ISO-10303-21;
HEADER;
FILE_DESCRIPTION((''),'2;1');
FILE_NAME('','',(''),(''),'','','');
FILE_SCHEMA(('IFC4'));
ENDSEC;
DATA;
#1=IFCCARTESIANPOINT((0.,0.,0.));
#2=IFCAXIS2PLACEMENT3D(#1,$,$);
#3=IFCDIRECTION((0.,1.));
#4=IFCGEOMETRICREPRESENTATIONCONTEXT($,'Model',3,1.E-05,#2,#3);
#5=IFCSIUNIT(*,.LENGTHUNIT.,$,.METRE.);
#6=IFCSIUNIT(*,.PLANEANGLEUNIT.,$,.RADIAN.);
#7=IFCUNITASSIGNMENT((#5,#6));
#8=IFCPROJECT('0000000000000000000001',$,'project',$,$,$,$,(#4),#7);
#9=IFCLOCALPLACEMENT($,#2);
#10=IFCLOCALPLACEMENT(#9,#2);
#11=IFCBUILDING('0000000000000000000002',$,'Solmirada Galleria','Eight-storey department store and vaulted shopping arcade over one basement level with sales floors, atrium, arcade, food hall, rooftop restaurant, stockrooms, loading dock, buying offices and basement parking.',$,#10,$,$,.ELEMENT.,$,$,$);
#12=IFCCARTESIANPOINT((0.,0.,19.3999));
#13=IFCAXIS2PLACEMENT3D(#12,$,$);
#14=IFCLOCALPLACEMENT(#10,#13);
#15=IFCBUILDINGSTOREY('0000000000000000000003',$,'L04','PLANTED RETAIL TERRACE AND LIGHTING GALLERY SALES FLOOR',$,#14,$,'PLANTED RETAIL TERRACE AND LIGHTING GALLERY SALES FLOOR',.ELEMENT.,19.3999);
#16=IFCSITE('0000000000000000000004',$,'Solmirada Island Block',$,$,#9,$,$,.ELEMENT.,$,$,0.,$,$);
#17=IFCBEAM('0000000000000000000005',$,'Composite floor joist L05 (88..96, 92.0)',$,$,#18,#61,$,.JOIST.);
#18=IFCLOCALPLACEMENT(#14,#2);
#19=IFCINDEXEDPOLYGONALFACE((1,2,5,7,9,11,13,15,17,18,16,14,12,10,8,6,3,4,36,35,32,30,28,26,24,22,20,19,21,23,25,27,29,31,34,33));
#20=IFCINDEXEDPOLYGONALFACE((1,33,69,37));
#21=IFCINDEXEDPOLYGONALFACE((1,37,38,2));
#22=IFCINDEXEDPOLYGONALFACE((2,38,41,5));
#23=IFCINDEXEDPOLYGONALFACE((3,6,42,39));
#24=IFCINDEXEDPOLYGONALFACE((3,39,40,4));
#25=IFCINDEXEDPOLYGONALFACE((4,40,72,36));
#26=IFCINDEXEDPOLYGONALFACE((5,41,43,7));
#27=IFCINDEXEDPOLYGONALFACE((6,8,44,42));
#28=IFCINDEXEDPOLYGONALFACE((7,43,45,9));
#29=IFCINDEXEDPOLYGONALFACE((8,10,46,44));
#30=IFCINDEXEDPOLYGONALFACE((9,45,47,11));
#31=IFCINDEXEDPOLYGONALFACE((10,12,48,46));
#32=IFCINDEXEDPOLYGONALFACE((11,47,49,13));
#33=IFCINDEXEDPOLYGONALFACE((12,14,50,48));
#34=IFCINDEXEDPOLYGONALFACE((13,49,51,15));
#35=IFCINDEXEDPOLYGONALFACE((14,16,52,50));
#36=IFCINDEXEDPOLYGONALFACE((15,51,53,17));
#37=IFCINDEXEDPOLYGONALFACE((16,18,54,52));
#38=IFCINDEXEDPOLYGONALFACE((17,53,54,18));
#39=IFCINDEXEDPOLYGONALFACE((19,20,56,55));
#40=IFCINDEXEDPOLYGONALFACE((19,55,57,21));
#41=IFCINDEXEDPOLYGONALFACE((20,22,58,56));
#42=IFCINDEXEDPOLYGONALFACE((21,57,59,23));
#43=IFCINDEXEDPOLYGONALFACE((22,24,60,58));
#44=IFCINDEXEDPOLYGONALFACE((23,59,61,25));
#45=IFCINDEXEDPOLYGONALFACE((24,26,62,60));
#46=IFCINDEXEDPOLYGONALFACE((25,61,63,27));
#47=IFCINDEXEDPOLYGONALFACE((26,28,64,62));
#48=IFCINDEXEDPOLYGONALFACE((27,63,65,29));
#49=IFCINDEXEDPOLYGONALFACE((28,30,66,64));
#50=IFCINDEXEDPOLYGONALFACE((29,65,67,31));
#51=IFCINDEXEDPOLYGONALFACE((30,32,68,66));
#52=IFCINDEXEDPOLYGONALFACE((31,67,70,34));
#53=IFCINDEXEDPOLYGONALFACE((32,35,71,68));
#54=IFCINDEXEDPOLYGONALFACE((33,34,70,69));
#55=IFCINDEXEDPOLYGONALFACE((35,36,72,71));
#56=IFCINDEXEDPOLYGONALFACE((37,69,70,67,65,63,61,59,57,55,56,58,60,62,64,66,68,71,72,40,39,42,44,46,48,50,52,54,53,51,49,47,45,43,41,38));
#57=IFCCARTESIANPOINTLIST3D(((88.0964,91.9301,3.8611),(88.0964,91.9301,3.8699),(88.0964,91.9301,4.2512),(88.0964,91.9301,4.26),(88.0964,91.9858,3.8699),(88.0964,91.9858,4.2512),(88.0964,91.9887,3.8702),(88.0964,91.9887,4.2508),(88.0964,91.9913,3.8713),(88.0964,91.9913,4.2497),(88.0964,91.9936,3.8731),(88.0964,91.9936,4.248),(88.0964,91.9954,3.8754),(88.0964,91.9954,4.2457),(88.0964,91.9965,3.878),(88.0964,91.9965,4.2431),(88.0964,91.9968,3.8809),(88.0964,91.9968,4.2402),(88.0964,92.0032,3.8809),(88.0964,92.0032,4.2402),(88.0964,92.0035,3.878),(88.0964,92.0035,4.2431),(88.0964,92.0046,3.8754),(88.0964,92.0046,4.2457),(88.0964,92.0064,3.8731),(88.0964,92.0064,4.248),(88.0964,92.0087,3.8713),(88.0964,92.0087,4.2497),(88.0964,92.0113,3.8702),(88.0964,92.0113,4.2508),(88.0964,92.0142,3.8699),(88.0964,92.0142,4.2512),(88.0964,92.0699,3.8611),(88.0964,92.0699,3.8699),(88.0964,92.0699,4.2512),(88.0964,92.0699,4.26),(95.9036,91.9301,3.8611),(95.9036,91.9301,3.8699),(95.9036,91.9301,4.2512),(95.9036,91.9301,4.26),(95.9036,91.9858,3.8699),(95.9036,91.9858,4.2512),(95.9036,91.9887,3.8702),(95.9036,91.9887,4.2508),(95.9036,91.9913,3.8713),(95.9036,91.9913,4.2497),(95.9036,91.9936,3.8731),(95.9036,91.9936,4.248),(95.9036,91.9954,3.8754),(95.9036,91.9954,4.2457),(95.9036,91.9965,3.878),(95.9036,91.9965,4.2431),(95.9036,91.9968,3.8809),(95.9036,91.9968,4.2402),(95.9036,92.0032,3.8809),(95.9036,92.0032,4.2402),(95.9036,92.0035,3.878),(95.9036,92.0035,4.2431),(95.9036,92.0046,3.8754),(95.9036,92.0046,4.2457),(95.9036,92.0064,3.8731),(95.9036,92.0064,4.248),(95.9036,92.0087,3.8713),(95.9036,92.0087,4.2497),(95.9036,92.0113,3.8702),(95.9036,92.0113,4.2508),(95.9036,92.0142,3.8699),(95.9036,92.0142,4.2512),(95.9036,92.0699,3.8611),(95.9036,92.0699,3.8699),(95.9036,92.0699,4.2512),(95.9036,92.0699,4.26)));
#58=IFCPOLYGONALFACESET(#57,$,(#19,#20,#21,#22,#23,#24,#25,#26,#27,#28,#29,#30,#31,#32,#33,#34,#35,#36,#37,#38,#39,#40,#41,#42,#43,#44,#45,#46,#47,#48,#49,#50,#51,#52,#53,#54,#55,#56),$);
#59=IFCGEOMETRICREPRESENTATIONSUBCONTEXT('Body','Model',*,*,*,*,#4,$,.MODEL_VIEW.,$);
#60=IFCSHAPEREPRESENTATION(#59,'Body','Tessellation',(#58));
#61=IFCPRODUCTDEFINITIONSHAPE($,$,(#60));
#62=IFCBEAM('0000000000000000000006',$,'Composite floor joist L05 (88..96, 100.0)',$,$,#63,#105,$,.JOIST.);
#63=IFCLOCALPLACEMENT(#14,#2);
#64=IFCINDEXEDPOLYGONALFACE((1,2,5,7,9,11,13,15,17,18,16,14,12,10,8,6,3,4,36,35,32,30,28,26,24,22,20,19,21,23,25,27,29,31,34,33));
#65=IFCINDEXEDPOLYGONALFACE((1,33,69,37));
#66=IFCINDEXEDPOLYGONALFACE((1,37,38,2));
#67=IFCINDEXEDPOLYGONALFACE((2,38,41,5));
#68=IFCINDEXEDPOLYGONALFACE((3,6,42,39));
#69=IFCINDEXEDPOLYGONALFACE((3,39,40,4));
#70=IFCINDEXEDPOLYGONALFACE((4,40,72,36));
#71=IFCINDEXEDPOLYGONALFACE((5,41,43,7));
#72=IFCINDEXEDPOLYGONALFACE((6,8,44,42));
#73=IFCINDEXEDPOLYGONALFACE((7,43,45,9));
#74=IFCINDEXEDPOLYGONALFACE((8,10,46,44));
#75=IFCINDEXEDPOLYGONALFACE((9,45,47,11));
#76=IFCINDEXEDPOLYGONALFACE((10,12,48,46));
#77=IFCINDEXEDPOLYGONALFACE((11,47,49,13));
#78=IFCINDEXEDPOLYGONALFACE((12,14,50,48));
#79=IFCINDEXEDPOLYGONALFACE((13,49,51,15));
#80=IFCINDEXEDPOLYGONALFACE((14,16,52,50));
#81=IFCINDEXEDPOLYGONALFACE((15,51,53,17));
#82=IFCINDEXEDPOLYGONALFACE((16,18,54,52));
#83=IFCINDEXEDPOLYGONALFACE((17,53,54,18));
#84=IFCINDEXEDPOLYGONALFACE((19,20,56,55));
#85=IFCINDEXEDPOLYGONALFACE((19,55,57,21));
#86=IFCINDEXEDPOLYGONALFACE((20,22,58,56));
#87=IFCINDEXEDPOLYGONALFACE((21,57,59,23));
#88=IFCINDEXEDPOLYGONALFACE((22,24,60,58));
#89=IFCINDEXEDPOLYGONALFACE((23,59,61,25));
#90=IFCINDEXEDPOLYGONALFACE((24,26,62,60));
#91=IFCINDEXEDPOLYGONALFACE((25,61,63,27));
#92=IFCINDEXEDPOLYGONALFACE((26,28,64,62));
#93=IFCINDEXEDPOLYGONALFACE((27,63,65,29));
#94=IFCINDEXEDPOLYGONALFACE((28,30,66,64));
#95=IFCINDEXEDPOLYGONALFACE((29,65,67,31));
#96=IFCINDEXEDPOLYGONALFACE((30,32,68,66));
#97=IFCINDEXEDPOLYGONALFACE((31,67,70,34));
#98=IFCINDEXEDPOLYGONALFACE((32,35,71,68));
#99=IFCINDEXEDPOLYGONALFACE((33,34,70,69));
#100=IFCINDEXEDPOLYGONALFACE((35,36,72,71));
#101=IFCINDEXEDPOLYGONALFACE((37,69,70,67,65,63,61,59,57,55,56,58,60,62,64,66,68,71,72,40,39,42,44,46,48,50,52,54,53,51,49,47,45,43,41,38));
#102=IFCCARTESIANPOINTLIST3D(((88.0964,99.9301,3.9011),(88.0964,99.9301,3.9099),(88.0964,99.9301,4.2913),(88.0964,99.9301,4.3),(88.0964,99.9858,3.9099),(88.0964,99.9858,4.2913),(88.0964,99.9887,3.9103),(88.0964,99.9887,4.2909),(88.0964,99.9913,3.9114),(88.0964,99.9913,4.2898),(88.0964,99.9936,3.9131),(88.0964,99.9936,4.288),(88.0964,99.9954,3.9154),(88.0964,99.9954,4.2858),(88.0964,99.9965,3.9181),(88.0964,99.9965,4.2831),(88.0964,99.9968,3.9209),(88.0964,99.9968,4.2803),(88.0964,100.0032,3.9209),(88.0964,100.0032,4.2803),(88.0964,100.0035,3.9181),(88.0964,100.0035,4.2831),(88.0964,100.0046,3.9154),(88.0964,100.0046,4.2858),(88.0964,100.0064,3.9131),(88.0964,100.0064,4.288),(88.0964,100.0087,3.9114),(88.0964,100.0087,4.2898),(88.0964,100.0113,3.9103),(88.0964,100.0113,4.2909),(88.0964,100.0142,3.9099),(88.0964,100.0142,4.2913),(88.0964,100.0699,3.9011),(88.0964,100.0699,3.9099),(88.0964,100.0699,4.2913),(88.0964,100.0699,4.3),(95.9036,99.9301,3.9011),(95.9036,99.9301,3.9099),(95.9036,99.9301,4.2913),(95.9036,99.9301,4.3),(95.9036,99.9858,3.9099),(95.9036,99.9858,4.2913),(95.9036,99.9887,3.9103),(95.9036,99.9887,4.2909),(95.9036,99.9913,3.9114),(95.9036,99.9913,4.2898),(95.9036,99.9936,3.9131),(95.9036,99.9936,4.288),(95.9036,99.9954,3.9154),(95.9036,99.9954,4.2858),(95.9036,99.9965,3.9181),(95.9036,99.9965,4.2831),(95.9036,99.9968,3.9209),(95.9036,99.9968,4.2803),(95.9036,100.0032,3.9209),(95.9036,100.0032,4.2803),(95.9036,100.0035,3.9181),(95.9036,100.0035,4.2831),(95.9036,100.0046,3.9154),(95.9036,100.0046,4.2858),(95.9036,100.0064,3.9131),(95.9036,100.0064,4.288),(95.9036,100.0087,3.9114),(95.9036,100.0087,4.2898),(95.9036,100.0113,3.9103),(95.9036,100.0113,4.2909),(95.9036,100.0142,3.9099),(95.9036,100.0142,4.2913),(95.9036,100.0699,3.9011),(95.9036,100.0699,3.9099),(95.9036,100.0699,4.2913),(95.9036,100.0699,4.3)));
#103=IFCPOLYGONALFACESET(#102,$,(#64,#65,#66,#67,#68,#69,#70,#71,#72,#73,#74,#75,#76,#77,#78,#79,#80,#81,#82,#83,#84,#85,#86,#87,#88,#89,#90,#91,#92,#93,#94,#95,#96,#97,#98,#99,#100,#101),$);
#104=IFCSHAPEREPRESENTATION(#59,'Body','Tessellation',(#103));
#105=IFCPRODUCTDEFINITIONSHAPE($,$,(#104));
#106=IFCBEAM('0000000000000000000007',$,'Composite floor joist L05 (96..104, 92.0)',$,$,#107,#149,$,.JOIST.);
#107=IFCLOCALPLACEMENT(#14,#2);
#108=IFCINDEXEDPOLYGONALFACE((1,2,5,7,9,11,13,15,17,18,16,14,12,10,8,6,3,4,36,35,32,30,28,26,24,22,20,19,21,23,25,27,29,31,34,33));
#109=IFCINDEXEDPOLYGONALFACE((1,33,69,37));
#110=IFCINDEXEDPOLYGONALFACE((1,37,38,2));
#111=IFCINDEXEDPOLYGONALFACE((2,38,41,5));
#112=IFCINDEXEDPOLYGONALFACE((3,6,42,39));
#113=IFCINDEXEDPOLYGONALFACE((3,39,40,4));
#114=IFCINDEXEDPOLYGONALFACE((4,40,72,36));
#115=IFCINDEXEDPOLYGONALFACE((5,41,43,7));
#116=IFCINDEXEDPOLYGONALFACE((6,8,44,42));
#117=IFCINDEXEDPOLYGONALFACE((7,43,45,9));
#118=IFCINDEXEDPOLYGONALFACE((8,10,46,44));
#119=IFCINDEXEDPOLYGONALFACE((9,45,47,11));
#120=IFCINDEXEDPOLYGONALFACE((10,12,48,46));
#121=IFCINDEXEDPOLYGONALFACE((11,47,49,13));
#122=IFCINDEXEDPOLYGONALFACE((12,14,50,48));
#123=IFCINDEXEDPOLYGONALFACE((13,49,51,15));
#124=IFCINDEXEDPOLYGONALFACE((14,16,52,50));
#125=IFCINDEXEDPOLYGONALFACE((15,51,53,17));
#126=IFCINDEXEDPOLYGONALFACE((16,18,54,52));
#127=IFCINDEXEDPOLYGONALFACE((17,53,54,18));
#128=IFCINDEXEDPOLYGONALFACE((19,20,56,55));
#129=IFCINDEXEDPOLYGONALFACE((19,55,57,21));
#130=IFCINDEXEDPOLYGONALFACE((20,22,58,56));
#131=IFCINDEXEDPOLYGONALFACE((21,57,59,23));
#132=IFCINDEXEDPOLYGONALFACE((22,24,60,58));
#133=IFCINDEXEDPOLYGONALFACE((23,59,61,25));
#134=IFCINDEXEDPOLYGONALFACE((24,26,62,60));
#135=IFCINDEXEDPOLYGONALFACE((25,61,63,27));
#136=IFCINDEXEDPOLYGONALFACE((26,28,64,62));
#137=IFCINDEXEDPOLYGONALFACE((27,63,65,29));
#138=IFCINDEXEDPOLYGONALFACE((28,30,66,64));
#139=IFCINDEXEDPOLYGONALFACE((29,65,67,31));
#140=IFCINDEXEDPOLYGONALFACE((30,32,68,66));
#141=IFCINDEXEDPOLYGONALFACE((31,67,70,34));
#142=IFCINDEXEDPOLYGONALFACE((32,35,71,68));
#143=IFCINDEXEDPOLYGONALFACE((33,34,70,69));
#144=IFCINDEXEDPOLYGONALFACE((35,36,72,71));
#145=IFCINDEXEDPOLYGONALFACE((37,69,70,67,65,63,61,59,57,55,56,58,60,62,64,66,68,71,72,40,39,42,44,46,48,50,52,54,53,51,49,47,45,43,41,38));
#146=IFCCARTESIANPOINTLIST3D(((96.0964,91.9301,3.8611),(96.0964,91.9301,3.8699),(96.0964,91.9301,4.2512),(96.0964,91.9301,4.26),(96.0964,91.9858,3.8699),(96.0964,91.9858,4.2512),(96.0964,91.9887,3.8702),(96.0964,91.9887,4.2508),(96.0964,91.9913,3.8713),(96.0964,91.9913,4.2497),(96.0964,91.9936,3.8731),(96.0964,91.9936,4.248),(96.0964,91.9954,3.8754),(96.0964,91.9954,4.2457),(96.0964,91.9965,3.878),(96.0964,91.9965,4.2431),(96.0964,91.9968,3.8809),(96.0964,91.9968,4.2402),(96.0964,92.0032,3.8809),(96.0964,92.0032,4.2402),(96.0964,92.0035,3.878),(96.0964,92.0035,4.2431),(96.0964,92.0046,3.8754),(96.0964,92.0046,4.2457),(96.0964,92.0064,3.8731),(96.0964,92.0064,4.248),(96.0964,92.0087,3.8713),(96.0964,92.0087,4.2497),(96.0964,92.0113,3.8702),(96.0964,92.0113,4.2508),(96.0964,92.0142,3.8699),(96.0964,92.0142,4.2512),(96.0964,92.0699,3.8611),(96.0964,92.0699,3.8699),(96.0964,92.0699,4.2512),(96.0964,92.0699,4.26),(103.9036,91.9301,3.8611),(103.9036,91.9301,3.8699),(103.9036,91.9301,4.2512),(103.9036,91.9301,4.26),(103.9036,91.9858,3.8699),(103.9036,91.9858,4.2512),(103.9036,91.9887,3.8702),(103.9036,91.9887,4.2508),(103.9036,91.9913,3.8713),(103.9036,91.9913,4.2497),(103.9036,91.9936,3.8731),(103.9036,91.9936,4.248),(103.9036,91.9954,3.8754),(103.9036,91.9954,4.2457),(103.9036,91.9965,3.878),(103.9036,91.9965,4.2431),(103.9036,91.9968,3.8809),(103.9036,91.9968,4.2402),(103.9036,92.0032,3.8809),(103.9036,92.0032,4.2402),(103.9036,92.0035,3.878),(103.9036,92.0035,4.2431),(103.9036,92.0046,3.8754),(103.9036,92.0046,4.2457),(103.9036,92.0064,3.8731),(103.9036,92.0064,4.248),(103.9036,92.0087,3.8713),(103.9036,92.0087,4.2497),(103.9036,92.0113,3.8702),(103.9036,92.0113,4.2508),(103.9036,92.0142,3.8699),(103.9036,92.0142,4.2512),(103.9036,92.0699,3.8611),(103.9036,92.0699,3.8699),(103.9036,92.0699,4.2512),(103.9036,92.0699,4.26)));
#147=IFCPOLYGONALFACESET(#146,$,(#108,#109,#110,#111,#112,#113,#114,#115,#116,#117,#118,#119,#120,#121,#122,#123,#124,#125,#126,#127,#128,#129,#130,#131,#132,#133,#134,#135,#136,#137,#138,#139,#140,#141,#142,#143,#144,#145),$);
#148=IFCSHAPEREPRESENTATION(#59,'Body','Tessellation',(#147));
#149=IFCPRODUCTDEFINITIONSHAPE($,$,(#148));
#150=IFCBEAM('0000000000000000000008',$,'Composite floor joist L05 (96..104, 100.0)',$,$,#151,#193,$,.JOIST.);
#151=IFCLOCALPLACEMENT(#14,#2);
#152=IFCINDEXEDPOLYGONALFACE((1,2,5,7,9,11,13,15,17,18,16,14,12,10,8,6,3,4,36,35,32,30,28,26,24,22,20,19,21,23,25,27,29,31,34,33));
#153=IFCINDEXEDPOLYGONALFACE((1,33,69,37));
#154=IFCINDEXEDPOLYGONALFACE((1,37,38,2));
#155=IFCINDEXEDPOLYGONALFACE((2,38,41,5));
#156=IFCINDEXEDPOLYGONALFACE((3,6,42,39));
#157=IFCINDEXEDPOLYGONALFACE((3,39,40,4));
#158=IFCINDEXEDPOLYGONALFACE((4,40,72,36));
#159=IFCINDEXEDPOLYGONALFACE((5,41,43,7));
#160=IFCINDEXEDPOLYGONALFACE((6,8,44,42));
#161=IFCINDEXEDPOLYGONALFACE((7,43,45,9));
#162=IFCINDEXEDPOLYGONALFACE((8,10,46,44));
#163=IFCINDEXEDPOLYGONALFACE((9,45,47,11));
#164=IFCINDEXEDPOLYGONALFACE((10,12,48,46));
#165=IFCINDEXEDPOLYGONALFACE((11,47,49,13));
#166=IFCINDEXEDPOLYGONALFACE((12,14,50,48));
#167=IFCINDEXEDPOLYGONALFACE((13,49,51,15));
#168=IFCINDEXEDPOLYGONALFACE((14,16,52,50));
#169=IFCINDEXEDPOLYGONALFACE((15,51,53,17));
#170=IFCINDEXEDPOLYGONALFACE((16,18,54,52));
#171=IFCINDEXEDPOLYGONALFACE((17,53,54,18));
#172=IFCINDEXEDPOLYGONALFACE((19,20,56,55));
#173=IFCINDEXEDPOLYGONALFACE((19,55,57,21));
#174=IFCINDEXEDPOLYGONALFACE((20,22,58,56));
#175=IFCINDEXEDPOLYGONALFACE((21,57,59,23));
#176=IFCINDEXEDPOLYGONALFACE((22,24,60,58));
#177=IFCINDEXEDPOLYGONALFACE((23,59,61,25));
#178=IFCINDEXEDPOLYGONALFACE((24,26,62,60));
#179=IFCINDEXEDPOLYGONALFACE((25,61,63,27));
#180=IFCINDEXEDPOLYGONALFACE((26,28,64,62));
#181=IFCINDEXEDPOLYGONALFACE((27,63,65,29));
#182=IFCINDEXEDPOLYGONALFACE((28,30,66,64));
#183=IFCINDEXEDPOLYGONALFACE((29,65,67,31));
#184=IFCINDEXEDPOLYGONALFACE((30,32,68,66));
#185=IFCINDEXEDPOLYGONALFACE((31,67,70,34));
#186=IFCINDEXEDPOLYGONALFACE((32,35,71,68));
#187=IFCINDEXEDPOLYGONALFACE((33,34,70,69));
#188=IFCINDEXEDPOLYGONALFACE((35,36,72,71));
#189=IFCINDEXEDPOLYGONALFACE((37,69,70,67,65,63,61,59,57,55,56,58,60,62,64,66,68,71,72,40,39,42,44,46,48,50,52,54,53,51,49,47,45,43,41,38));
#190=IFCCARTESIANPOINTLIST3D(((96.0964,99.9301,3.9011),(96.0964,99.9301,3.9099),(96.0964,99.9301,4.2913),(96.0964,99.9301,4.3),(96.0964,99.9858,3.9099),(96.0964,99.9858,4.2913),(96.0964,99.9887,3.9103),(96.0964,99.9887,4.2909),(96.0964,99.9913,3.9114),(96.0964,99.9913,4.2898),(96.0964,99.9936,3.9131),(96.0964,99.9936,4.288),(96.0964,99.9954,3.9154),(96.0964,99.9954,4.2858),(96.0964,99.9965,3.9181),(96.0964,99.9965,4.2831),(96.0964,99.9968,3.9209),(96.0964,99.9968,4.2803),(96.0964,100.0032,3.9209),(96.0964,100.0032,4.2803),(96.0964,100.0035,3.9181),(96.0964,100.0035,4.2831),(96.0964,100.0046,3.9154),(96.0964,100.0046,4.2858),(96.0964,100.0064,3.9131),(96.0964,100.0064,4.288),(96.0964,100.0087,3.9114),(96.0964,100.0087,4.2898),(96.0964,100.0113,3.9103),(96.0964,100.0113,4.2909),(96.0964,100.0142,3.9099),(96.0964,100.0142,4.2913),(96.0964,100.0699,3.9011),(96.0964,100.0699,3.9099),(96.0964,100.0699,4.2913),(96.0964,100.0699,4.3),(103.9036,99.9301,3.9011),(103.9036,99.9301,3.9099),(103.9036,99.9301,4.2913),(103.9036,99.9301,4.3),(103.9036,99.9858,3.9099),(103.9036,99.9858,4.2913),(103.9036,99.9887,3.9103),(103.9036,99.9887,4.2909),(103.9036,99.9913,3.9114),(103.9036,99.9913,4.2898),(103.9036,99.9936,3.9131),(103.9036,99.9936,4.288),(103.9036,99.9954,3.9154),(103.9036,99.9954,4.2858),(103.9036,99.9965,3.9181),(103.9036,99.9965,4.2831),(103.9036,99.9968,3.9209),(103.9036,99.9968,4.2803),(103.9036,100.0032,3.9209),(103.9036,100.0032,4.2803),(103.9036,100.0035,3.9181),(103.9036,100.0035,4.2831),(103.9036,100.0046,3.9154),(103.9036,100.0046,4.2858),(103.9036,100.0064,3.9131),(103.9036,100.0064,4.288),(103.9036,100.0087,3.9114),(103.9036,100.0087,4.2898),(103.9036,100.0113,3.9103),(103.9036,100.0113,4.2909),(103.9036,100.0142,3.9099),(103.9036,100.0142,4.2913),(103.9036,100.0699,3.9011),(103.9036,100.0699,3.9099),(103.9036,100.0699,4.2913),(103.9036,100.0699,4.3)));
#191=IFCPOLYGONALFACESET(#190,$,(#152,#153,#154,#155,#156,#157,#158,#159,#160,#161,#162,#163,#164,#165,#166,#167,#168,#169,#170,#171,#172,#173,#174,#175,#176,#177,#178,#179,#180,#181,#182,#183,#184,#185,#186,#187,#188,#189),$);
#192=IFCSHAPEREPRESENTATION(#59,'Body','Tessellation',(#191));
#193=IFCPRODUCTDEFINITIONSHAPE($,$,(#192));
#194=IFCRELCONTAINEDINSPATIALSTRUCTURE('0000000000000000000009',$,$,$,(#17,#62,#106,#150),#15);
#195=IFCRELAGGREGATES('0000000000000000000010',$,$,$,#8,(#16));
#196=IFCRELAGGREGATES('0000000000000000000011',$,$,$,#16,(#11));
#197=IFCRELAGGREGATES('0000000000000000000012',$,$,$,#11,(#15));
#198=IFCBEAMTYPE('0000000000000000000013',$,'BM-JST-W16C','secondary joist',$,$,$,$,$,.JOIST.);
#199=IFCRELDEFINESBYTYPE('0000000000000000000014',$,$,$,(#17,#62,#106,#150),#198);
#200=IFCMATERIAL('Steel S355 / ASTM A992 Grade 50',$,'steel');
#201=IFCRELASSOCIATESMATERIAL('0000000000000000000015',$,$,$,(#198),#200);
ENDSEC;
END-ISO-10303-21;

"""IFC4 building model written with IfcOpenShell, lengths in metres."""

from ifc_helpers import new_model, si_unit, direction, frame, origin, origin_2d, place, context, subcontext, project, spatial, i_section, extrude, material, material_profile, profile_set, type_object, element, save


model = new_model("IFC4")

# Units and contexts
model_context = context("Model", 3, precision=1e-05, world=origin(), true_north=direction((0.0, 1.0)))
body_context = subcontext(model_context, "Body", "Model", "MODEL_VIEW")
ifc_project = project(units=[si_unit("LENGTHUNIT", "METRE"), si_unit("PLANEANGLEUNIT", "RADIAN")], contexts=[model_context])

# Site, building, storey
site_placement = place(None, origin())
site = spatial("IfcSite", under=ifc_project, at=site_placement, Name="Solmirada Island Block", CompositionType="ELEMENT", RefElevation=0.0)
building_placement = place(site_placement, origin())
building = spatial("IfcBuilding", under=site, at=building_placement, Name="Solmirada Galleria", Description="Eight-storey department store and vaulted shopping arcade over one basement level with sales floors, atrium, arcade, food hall, rooftop restaurant, stockrooms, loading dock, buying offices and basement parking.", CompositionType="ELEMENT")
storey_placement = place(building_placement, frame((0.0, 0.0, 19.3999)))
storey = spatial("IfcBuildingStorey", under=building, at=storey_placement, Name="L04", Description="PLANTED RETAIL TERRACE AND LIGHTING GALLERY SALES FLOOR", LongName="PLANTED RETAIL TERRACE AND LIGHTING GALLERY SALES FLOOR", CompositionType="ELEMENT", Elevation=19.3999)

# Beams
ifc_material_1 = material(Name="Steel S355 / ASTM A992 Grade 50", Category="steel")
ifc_material_profile_1 = material_profile(ifc_material_1, i_section(OverallWidth=0.1399, OverallDepth=0.3989, WebThickness=0.0063, FlangeThickness=0.0088, FilletRadius=0.011, at=origin_2d()), Name="W16X26")
ifc_profile_set_1 = profile_set([ifc_material_profile_1], Name="Steel S355 / ASTM A992 Grade 50")
beam_type_1 = type_object("IfcBeamType", Name="BM-JST-W16C", Description="secondary joist", PredefinedType="JOIST", material=ifc_profile_set_1)
for number, where, z_axis, x_axis, name in (
    (1, (88.0964, 92.0, 4.0605), (1.0, 0.0, 0.0), (0.0, 1.0, 0.0), "Composite floor joist L05 (88..96, 92.0)"),
    (2, (88.0964, 100.0, 4.1006), (1.0, 0.0, 0.0), (0.0, 1.0, 0.0), "Composite floor joist L05 (88..96, 100.0)"),
    (3, (96.0964, 92.0, 4.0605), (1.0, 0.0, 0.0), (0.0, 1.0, 0.0), "Composite floor joist L05 (96..104, 92.0)"),
    (4, (96.0964, 100.0, 4.1006), (1.0, 0.0, 0.0), (0.0, 1.0, 0.0), "Composite floor joist L05 (96..104, 100.0)"),
):
    element("IfcBeam", number, at=place(storey_placement, frame(where, z_axis=z_axis, x_axis=x_axis)), inside=storey, type_object=beam_type_1, Name=name, PredefinedType="JOIST", context=body_context, shape_type="SweptSolid", body=[
        extrude(i_section(OverallWidth=0.1399, OverallDepth=0.3989, WebThickness=0.0063, FlangeThickness=0.0088, FilletRadius=0.011, at=origin_2d()), origin(), (0.0, 0.0, 1.0), 7.8071),
    ])

save(model, "model.ifc")
